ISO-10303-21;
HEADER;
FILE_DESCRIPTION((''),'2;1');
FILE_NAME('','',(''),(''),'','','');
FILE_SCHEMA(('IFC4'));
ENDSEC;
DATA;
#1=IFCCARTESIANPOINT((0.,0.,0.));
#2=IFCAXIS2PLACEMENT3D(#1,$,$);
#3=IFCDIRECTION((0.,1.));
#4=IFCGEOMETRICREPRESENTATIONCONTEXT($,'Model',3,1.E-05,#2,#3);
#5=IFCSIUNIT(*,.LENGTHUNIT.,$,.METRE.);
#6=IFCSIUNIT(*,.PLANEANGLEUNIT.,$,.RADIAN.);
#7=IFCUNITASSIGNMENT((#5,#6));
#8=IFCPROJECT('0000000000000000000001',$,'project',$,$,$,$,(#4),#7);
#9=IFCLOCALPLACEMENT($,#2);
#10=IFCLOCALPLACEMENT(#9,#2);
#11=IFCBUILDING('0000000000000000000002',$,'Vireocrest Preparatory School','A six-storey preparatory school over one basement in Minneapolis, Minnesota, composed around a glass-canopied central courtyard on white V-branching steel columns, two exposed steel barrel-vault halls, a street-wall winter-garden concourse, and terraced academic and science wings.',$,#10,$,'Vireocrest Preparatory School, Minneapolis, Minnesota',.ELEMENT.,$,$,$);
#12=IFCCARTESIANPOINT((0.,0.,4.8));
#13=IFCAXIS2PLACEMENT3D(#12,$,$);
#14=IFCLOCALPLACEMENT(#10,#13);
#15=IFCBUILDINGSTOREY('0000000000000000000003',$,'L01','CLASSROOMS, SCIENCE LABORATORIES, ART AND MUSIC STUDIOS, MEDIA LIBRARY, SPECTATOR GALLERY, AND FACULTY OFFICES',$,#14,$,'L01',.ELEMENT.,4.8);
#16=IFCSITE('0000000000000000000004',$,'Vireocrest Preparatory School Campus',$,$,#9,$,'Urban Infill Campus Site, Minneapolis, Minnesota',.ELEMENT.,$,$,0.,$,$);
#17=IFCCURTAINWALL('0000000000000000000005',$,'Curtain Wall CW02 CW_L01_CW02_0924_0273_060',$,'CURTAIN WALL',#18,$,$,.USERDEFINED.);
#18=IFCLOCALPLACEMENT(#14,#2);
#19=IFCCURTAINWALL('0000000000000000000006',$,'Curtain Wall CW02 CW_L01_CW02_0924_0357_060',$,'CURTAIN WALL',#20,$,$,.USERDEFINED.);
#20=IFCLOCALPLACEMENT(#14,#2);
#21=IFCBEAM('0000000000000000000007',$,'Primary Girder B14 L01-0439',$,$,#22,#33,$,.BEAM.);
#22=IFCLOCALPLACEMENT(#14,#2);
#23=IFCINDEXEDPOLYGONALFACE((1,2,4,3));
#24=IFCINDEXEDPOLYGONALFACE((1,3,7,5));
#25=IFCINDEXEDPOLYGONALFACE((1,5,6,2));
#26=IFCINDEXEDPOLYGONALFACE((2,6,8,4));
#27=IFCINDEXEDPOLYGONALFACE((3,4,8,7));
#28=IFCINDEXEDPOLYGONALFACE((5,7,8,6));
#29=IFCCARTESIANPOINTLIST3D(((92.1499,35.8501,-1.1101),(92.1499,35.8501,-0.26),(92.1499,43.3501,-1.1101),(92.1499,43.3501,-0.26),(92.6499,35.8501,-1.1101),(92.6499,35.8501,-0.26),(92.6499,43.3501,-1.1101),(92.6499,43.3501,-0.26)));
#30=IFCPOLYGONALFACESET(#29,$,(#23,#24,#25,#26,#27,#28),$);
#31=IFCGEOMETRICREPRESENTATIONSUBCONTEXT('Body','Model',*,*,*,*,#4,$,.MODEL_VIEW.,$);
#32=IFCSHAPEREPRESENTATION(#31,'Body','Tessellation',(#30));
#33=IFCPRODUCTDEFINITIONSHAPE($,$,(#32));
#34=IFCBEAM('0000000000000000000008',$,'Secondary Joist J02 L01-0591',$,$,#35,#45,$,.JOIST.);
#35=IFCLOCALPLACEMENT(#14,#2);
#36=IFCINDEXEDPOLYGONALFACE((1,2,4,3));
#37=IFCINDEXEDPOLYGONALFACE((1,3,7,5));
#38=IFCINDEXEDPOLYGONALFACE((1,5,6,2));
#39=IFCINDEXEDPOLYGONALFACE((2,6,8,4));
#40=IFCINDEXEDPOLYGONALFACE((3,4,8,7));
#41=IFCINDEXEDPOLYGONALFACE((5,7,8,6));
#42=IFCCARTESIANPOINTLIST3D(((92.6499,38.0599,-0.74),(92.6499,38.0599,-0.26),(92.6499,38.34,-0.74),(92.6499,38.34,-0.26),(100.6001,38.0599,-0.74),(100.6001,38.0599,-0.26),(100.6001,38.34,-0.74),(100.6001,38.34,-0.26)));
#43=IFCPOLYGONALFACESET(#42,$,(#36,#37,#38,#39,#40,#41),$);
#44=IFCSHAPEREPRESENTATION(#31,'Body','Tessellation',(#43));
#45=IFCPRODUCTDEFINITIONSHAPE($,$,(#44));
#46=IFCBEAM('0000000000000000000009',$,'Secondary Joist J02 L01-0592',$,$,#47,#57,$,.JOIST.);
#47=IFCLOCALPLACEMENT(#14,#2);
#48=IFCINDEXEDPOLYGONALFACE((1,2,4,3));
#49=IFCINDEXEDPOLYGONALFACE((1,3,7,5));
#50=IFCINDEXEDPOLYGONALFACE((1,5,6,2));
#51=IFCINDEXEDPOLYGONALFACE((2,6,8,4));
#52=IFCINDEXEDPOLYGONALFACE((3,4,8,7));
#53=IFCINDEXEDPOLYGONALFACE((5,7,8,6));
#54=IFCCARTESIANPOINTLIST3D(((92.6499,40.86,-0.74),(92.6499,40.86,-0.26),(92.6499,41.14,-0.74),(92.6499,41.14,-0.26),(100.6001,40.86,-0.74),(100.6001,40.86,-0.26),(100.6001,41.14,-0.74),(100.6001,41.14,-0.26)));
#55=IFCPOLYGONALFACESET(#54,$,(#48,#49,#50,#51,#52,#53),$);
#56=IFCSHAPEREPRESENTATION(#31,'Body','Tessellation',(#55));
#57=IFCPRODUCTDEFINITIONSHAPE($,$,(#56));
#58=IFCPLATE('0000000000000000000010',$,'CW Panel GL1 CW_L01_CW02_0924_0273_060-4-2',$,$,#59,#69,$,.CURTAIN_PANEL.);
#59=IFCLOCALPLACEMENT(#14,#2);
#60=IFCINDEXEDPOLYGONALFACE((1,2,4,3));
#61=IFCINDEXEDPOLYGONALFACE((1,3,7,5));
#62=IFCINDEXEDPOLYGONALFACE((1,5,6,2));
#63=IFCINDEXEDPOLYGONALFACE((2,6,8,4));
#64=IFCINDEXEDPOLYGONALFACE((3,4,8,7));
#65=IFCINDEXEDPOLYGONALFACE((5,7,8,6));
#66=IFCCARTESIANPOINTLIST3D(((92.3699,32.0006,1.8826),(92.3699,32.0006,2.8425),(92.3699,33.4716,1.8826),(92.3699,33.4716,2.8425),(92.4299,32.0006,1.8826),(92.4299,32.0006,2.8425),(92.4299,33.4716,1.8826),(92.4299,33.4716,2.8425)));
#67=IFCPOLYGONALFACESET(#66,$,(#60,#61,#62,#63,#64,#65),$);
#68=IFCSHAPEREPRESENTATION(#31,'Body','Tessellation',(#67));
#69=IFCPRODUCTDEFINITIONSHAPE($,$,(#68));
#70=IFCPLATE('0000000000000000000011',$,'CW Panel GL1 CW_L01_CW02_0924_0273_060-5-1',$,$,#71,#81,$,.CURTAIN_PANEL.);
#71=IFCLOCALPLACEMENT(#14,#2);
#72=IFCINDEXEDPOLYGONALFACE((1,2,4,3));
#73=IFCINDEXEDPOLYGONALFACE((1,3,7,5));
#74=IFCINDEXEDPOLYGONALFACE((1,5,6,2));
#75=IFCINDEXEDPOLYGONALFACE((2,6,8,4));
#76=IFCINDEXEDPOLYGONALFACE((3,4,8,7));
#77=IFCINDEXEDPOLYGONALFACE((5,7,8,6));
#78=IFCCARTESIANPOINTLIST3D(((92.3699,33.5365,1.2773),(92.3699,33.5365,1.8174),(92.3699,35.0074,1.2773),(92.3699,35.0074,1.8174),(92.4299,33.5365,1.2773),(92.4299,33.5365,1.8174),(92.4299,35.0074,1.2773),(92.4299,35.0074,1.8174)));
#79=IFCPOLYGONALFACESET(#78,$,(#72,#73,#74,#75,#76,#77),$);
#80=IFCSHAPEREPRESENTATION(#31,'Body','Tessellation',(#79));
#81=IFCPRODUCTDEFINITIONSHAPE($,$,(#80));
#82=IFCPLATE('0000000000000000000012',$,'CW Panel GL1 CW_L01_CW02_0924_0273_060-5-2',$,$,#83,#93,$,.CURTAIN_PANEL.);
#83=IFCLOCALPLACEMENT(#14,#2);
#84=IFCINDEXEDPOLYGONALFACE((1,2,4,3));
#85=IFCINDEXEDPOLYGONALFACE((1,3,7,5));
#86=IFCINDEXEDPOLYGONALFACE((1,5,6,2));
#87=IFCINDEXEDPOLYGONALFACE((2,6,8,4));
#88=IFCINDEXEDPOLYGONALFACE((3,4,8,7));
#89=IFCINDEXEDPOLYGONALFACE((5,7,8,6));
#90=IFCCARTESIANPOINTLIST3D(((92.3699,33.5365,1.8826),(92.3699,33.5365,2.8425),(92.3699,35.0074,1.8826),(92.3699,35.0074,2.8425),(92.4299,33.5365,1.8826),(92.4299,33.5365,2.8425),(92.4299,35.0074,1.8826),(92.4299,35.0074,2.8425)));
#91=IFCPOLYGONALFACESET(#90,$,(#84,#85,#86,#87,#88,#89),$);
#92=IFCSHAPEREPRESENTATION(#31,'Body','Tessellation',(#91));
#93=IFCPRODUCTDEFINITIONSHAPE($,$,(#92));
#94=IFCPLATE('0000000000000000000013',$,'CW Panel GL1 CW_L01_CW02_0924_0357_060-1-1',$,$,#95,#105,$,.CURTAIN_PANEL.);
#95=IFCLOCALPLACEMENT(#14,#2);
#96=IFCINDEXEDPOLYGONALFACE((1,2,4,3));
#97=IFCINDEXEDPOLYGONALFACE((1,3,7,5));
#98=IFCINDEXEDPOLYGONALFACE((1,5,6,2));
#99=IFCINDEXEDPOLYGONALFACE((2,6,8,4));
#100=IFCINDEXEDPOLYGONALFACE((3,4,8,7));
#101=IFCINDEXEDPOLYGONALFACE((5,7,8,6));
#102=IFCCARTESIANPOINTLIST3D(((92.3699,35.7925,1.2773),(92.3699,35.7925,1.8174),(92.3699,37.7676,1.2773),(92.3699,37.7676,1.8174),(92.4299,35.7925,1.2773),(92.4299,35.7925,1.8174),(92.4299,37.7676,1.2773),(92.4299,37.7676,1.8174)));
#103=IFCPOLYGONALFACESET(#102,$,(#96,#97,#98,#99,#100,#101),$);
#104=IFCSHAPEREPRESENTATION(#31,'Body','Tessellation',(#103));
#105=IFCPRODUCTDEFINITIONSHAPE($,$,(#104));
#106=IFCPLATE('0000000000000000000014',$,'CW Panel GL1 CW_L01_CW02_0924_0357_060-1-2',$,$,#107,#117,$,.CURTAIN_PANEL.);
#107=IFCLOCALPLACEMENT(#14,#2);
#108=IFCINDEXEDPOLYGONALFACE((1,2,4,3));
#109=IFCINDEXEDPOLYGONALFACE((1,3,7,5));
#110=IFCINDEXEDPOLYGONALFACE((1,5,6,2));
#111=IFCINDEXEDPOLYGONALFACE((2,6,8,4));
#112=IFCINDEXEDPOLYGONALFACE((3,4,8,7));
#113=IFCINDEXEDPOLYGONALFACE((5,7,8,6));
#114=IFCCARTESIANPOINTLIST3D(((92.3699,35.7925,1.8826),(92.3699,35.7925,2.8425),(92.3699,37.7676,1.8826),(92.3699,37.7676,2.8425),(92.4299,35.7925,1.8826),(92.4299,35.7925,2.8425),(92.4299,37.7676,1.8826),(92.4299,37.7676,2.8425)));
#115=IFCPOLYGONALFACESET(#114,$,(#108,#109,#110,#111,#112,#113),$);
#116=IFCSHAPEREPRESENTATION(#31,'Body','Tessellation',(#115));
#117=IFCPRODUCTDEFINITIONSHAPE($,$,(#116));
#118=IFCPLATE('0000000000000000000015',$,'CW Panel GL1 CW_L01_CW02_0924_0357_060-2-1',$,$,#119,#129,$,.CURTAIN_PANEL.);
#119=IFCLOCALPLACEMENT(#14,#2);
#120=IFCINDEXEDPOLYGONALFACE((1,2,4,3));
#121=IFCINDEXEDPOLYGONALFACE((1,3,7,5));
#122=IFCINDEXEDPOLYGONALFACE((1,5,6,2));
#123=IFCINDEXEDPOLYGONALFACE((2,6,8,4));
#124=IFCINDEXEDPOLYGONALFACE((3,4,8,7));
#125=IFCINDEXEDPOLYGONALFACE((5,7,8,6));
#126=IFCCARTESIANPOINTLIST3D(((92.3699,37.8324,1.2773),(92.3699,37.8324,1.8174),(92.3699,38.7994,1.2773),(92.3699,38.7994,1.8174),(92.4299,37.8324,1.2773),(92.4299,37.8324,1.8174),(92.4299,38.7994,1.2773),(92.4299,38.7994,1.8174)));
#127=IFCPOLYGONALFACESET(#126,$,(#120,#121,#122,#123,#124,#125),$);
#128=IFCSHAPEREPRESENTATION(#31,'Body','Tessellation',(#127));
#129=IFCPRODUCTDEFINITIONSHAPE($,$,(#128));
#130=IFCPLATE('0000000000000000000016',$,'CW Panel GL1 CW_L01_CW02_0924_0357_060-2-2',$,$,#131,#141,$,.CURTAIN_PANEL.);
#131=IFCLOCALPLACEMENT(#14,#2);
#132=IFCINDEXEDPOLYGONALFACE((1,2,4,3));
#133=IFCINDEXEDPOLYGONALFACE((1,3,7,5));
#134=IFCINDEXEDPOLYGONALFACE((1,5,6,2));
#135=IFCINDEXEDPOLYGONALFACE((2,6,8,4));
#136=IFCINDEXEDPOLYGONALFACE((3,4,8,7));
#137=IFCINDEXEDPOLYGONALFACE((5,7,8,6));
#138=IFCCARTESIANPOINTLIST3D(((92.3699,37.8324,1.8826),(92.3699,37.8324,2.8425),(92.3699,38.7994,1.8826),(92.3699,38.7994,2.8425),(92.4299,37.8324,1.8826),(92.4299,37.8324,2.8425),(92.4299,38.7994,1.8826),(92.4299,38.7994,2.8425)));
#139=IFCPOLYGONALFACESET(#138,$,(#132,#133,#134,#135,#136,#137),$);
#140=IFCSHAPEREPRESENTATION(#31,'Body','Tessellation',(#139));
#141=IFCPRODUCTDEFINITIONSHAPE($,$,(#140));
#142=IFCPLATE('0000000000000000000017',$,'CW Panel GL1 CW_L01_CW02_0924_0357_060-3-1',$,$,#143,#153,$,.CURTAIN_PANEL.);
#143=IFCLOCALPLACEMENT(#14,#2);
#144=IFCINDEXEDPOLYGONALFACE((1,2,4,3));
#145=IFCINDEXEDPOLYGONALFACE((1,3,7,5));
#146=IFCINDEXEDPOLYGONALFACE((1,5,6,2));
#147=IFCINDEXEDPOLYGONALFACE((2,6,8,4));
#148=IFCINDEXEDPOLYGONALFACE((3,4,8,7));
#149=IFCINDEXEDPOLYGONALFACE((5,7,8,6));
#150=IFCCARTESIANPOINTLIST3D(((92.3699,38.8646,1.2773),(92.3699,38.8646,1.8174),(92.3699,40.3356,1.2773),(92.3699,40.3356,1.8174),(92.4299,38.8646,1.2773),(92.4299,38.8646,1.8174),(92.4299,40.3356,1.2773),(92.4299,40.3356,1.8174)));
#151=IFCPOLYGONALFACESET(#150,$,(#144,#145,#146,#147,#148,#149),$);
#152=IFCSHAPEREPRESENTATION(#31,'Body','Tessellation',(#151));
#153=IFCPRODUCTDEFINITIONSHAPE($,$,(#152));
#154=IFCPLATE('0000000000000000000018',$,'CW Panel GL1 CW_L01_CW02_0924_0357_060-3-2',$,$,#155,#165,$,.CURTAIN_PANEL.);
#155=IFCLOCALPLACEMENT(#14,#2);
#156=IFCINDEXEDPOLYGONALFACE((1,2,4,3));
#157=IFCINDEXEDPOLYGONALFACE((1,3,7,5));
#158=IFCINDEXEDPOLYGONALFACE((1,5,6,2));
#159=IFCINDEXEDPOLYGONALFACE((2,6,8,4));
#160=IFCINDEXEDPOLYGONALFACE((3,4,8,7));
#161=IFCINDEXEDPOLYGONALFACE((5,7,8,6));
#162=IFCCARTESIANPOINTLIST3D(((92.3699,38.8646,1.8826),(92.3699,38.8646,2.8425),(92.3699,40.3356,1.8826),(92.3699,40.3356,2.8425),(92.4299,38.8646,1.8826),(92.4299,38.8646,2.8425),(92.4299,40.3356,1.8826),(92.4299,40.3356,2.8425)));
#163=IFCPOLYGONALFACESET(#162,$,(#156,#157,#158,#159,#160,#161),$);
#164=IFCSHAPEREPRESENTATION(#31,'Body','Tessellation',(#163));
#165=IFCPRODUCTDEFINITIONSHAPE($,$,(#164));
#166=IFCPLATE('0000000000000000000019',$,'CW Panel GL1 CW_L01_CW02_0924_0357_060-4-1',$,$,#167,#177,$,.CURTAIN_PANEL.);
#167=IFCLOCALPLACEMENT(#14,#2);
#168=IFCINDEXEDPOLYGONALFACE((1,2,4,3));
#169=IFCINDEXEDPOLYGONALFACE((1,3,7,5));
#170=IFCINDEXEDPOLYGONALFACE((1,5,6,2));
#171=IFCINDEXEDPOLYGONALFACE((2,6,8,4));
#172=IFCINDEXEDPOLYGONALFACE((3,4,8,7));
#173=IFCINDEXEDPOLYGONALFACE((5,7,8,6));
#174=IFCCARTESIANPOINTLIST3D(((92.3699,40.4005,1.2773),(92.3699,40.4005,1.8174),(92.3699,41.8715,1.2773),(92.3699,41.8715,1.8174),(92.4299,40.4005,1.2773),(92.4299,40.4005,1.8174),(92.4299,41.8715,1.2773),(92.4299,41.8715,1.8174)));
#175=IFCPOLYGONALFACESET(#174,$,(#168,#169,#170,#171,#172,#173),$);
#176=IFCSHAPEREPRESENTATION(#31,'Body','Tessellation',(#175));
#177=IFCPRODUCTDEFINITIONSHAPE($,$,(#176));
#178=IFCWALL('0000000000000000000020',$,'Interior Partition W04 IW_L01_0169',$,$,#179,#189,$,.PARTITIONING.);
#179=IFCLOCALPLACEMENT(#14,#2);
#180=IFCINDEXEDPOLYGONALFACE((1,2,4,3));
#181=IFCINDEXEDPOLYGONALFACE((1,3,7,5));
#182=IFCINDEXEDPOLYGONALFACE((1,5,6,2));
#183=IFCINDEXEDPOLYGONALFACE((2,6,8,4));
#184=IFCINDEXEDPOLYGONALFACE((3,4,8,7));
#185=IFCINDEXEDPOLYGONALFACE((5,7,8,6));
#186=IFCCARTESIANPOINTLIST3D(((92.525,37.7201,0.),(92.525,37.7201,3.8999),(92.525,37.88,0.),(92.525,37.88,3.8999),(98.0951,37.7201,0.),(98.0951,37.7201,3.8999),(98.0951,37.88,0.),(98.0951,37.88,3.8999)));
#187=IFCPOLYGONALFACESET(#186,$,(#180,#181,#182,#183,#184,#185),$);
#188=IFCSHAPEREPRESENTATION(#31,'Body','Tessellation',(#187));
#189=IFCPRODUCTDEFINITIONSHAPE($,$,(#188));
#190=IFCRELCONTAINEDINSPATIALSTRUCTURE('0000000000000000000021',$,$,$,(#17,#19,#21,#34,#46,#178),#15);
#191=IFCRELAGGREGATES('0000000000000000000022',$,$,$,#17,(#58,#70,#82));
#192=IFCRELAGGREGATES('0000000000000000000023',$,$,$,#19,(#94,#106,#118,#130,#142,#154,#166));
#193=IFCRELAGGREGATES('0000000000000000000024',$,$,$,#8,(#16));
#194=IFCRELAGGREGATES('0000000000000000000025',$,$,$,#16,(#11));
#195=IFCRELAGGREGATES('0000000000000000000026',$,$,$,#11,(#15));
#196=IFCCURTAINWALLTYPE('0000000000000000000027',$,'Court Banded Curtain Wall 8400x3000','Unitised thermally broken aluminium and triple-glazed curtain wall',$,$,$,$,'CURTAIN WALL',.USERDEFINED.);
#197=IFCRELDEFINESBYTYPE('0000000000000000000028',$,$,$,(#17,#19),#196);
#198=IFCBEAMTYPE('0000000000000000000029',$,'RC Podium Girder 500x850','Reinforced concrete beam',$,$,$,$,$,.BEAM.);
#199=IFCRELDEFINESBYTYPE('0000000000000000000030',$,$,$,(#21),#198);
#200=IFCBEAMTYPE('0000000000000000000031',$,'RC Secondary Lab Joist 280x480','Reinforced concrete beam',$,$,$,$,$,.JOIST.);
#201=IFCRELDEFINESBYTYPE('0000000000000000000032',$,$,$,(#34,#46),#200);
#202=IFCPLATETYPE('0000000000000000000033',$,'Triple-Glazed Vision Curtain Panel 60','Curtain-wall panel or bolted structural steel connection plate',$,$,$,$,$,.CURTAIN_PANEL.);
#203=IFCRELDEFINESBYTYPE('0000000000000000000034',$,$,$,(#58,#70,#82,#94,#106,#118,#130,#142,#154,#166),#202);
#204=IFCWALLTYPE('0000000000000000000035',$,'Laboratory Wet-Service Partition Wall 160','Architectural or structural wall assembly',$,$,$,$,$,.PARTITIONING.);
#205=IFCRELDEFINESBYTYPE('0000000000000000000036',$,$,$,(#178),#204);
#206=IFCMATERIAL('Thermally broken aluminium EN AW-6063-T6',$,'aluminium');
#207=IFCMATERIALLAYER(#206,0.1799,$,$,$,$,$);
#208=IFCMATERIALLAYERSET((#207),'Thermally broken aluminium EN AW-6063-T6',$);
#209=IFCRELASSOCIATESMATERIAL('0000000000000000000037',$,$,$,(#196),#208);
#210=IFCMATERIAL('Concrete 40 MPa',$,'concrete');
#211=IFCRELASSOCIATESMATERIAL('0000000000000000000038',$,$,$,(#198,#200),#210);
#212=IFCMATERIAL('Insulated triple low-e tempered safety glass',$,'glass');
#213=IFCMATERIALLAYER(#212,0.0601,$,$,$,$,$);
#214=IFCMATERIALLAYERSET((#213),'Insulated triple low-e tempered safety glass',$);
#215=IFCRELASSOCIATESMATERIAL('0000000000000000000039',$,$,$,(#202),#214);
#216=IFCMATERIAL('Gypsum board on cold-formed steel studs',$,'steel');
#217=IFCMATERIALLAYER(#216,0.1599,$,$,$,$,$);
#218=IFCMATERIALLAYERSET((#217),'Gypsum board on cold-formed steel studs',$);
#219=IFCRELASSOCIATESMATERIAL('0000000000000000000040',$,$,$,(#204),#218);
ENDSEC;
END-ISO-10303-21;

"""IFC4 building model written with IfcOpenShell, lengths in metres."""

from ifc_helpers import new_model, si_unit, direction, frame, frame_2d, origin, origin_2d, place, context, subcontext, project, spatial, rectangle, extrude, material, layer, layer_set, material_profile, profile_set, type_object, element, aggregate, save


model = new_model("IFC4")

# Units and contexts
model_context = context("Model", 3, precision=1e-05, world=origin(), true_north=direction((0.0, 1.0)))
body_context = subcontext(model_context, "Body", "Model", "MODEL_VIEW")
ifc_project = project(units=[si_unit("LENGTHUNIT", "METRE"), si_unit("PLANEANGLEUNIT", "RADIAN")], contexts=[model_context])

# Site, building, storey
site_placement = place(None, origin())
site = spatial("IfcSite", under=ifc_project, at=site_placement, Name="Vireocrest Preparatory School Campus", LongName="Urban Infill Campus Site, Minneapolis, Minnesota", CompositionType="ELEMENT", RefElevation=0.0)
building_placement = place(site_placement, origin())
building = spatial("IfcBuilding", under=site, at=building_placement, Name="Vireocrest Preparatory School", Description="A six-storey preparatory school over one basement in Minneapolis, Minnesota, composed around a glass-canopied central courtyard on white V-branching steel columns, two exposed steel barrel-vault halls, a street-wall winter-garden concourse, and terraced academic and science wings.", LongName="Vireocrest Preparatory School, Minneapolis, Minnesota", CompositionType="ELEMENT")
storey_placement = place(building_placement, frame((0.0, 0.0, 4.8)))
storey = spatial("IfcBuildingStorey", under=building, at=storey_placement, Name="L01", Description="CLASSROOMS, SCIENCE LABORATORIES, ART AND MUSIC STUDIOS, MEDIA LIBRARY, SPECTATOR GALLERY, AND FACULTY OFFICES", LongName="L01", CompositionType="ELEMENT", Elevation=4.8)

# Curtain walls
ifc_material_1 = material(Name="Thermally broken aluminium EN AW-6063-T6", Category="aluminium")
ifc_layer_1 = layer(ifc_material_1, 0.1799)
ifc_layer_set_1 = layer_set([ifc_layer_1], Name="Thermally broken aluminium EN AW-6063-T6")
curtain_wall_type = type_object("IfcCurtainWallType", Name="Court Banded Curtain Wall 8400x3000", Description="Unitised thermally broken aluminium and triple-glazed curtain wall", ElementType="CURTAIN WALL", PredefinedType="USERDEFINED", material=ifc_layer_set_1)
curtain_wall_1_placement = place(storey_placement, origin())
curtain_wall_1 = element("IfcCurtainWall", 1, at=curtain_wall_1_placement, inside=storey, type_object=curtain_wall_type, Name="Curtain Wall CW02 CW_L01_CW02_0924_0273_060", ObjectType="CURTAIN WALL", PredefinedType="USERDEFINED")
curtain_wall_2_placement = place(storey_placement, origin())
curtain_wall_2 = element("IfcCurtainWall", 2, at=curtain_wall_2_placement, inside=storey, type_object=curtain_wall_type, Name="Curtain Wall CW02 CW_L01_CW02_0924_0357_060", ObjectType="CURTAIN WALL", PredefinedType="USERDEFINED")

# Beams
ifc_material_2 = material(Name="Concrete 40 MPa", Category="concrete")
ifc_material_profile_1 = material_profile(ifc_material_2, rectangle(XDim=0.5, YDim=0.8501, at=origin_2d()), Name="RC 500x850")
ifc_profile_set_1 = profile_set([ifc_material_profile_1], Name="Concrete 40 MPa")
beam_type_1 = type_object("IfcBeamType", Name="RC Podium Girder 500x850", Description="Reinforced concrete beam", PredefinedType="BEAM", material=ifc_profile_set_1)
beam_1_placement = place(storey_placement, frame((92.3999, 35.8501, -0.6851), z_axis=(0.0, 1.0, 0.0), x_axis=(-1.0, 0.0, 0.0)))
element("IfcBeam", 3, at=beam_1_placement, inside=storey, type_object=beam_type_1, Name="Primary Girder B14 L01-0439", PredefinedType="BEAM", context=body_context, shape_type="SweptSolid", body=[
    extrude(rectangle(XDim=0.5, YDim=0.8501, at=origin_2d()), origin(), (0.0, 0.0, 1.0), 7.5),
])
ifc_material_profile_2 = material_profile(ifc_material_2, rectangle(XDim=0.28, YDim=0.48, at=origin_2d()), Name="RC 280x480")
ifc_profile_set_2 = profile_set([ifc_material_profile_2], Name="Concrete 40 MPa")
beam_type_2 = type_object("IfcBeamType", Name="RC Secondary Lab Joist 280x480", Description="Reinforced concrete beam", PredefinedType="JOIST", material=ifc_profile_set_2)
for number, where, z_axis, x_axis, name in (
    (4, (92.6499, 38.2, -0.5), (1.0, 0.0, 0.0), (0.0, 1.0, 0.0), "Secondary Joist J02 L01-0591"),
    (5, (92.6499, 41.0, -0.5), (1.0, 0.0, 0.0), (0.0, 1.0, 0.0), "Secondary Joist J02 L01-0592"),
):
    element("IfcBeam", number, at=place(storey_placement, frame(where, z_axis=z_axis, x_axis=x_axis)), inside=storey, type_object=beam_type_2, Name=name, PredefinedType="JOIST", context=body_context, shape_type="SweptSolid", body=[
        extrude(rectangle(XDim=0.28, YDim=0.48, at=origin_2d()), origin(), (0.0, 0.0, 1.0), 7.9502),
    ])

# Plates
ifc_material_3 = material(Name="Insulated triple low-e tempered safety glass", Category="glass")
ifc_layer_2 = layer(ifc_material_3, 0.0601)
ifc_layer_set_2 = layer_set([ifc_layer_2], Name="Insulated triple low-e tempered safety glass")
plate_type = type_object("IfcPlateType", Name="Triple-Glazed Vision Curtain Panel 60", Description="Curtain-wall panel or bolted structural steel connection plate", PredefinedType="CURTAIN_PANEL", material=ifc_layer_set_2)
plate_1_placement = place(storey_placement, frame((92.3999, 32.7361, 1.8826), z_axis=(0.0, 0.0, 1.0), x_axis=(0.0, 1.0, 0.0)))
plate_1 = element("IfcPlate", 6, at=plate_1_placement, type_object=plate_type, Name="CW Panel GL1 CW_L01_CW02_0924_0273_060-4-2", PredefinedType="CURTAIN_PANEL", context=body_context, shape_type="SweptSolid", body=[
    extrude(rectangle(XDim=1.4709, YDim=0.0601, at=origin_2d()), origin(), (0.0, 0.0, 1.0), 0.96),
])
plate_2_placement = place(storey_placement, frame((92.3999, 34.272, 1.2773), z_axis=(0.0, 0.0, 1.0), x_axis=(0.0, 1.0, 0.0)))
plate_2 = element("IfcPlate", 7, at=plate_2_placement, type_object=plate_type, Name="CW Panel GL1 CW_L01_CW02_0924_0273_060-5-1", PredefinedType="CURTAIN_PANEL", context=body_context, shape_type="SweptSolid", body=[
    extrude(rectangle(XDim=1.4709, YDim=0.0601, at=origin_2d()), origin(), (0.0, 0.0, 1.0), 0.54),
])
plate_3_placement = place(storey_placement, frame((92.3999, 34.272, 1.8826), z_axis=(0.0, 0.0, 1.0), x_axis=(0.0, 1.0, 0.0)))
plate_3 = element("IfcPlate", 8, at=plate_3_placement, type_object=plate_type, Name="CW Panel GL1 CW_L01_CW02_0924_0273_060-5-2", PredefinedType="CURTAIN_PANEL", context=body_context, shape_type="SweptSolid", body=[
    extrude(rectangle(XDim=1.4709, YDim=0.0601, at=origin_2d()), origin(), (0.0, 0.0, 1.0), 0.96),
])
aggregate(curtain_wall_1, [plate_1, plate_2, plate_3])
plate_4_placement = place(storey_placement, frame((92.3999, 36.78, 1.2773), z_axis=(0.0, 0.0, 1.0), x_axis=(0.0, 1.0, 0.0)))
plate_4 = element("IfcPlate", 9, at=plate_4_placement, type_object=plate_type, Name="CW Panel GL1 CW_L01_CW02_0924_0357_060-1-1", PredefinedType="CURTAIN_PANEL", context=body_context, shape_type="SweptSolid", body=[
    extrude(rectangle(XDim=1.9751, YDim=0.0601, at=origin_2d()), origin(), (0.0, 0.0, 1.0), 0.54),
])
plate_5_placement = place(storey_placement, frame((92.3999, 36.78, 1.8826), z_axis=(0.0, 0.0, 1.0), x_axis=(0.0, 1.0, 0.0)))
plate_5 = element("IfcPlate", 10, at=plate_5_placement, type_object=plate_type, Name="CW Panel GL1 CW_L01_CW02_0924_0357_060-1-2", PredefinedType="CURTAIN_PANEL", context=body_context, shape_type="SweptSolid", body=[
    extrude(rectangle(XDim=1.9751, YDim=0.0601, at=origin_2d()), origin(), (0.0, 0.0, 1.0), 0.96),
])
plate_6_placement = place(storey_placement, frame((92.3999, 38.3159, 1.2773), z_axis=(0.0, 0.0, 1.0), x_axis=(0.0, 1.0, 0.0)))
plate_6 = element("IfcPlate", 11, at=plate_6_placement, type_object=plate_type, Name="CW Panel GL1 CW_L01_CW02_0924_0357_060-2-1", PredefinedType="CURTAIN_PANEL", context=body_context, shape_type="SweptSolid", body=[
    extrude(rectangle(XDim=0.967, YDim=0.0601, at=origin_2d()), origin(), (0.0, 0.0, 1.0), 0.54),
])
plate_7_placement = place(storey_placement, frame((92.3999, 38.3159, 1.8826), z_axis=(0.0, 0.0, 1.0), x_axis=(0.0, 1.0, 0.0)))
plate_7 = element("IfcPlate", 12, at=plate_7_placement, type_object=plate_type, Name="CW Panel GL1 CW_L01_CW02_0924_0357_060-2-2", PredefinedType="CURTAIN_PANEL", context=body_context, shape_type="SweptSolid", body=[
    extrude(rectangle(XDim=0.967, YDim=0.0601, at=origin_2d()), origin(), (0.0, 0.0, 1.0), 0.96),
])
plate_8_placement = place(storey_placement, frame((92.3999, 39.6001, 1.2773), z_axis=(0.0, 0.0, 1.0), x_axis=(0.0, 1.0, 0.0)))
plate_8 = element("IfcPlate", 13, at=plate_8_placement, type_object=plate_type, Name="CW Panel GL1 CW_L01_CW02_0924_0357_060-3-1", PredefinedType="CURTAIN_PANEL", context=body_context, shape_type="SweptSolid", body=[
    extrude(rectangle(XDim=1.4709, YDim=0.0601, at=origin_2d()), origin(), (0.0, 0.0, 1.0), 0.54),
])
plate_9_placement = place(storey_placement, frame((92.3999, 39.6001, 1.8826), z_axis=(0.0, 0.0, 1.0), x_axis=(0.0, 1.0, 0.0)))
plate_9 = element("IfcPlate", 14, at=plate_9_placement, type_object=plate_type, Name="CW Panel GL1 CW_L01_CW02_0924_0357_060-3-2", PredefinedType="CURTAIN_PANEL", context=body_context, shape_type="SweptSolid", body=[
    extrude(rectangle(XDim=1.4709, YDim=0.0601, at=origin_2d()), origin(), (0.0, 0.0, 1.0), 0.96),
])
plate_10_placement = place(storey_placement, frame((92.3999, 41.136, 1.2773), z_axis=(0.0, 0.0, 1.0), x_axis=(0.0, 1.0, 0.0)))
plate_10 = element("IfcPlate", 15, at=plate_10_placement, type_object=plate_type, Name="CW Panel GL1 CW_L01_CW02_0924_0357_060-4-1", PredefinedType="CURTAIN_PANEL", context=body_context, shape_type="SweptSolid", body=[
    extrude(rectangle(XDim=1.4709, YDim=0.0601, at=origin_2d()), origin(), (0.0, 0.0, 1.0), 0.54),
])
aggregate(curtain_wall_2, [plate_4, plate_5, plate_6, plate_7, plate_8, plate_9, plate_10])

# Wall
ifc_material_4 = material(Name="Gypsum board on cold-formed steel studs", Category="steel")
ifc_layer_3 = layer(ifc_material_4, 0.1599)
ifc_layer_set_3 = layer_set([ifc_layer_3], Name="Gypsum board on cold-formed steel studs")
wall_type_1 = type_object("IfcWallType", Name="Laboratory Wet-Service Partition Wall 160", Description="Architectural or structural wall assembly", PredefinedType="PARTITIONING", material=ifc_layer_set_3)
wall_1_placement = place(storey_placement, frame((92.5249, 37.8, 0.0), z_axis=(0.0, 0.0, 1.0), x_axis=(1.0, 0.0, 0.0)))
element("IfcWall", 16, at=wall_1_placement, inside=storey, type_object=wall_type_1, Name="Interior Partition W04 IW_L01_0169", PredefinedType="PARTITIONING", context=body_context, shape_type="SweptSolid", body=[
    extrude(rectangle(XDim=5.5701, YDim=0.1599, at=frame_2d((2.7852, 0.0))), origin(), (0.0, 0.0, 1.0), 3.8999),
])

save(model, "model.ifc")
